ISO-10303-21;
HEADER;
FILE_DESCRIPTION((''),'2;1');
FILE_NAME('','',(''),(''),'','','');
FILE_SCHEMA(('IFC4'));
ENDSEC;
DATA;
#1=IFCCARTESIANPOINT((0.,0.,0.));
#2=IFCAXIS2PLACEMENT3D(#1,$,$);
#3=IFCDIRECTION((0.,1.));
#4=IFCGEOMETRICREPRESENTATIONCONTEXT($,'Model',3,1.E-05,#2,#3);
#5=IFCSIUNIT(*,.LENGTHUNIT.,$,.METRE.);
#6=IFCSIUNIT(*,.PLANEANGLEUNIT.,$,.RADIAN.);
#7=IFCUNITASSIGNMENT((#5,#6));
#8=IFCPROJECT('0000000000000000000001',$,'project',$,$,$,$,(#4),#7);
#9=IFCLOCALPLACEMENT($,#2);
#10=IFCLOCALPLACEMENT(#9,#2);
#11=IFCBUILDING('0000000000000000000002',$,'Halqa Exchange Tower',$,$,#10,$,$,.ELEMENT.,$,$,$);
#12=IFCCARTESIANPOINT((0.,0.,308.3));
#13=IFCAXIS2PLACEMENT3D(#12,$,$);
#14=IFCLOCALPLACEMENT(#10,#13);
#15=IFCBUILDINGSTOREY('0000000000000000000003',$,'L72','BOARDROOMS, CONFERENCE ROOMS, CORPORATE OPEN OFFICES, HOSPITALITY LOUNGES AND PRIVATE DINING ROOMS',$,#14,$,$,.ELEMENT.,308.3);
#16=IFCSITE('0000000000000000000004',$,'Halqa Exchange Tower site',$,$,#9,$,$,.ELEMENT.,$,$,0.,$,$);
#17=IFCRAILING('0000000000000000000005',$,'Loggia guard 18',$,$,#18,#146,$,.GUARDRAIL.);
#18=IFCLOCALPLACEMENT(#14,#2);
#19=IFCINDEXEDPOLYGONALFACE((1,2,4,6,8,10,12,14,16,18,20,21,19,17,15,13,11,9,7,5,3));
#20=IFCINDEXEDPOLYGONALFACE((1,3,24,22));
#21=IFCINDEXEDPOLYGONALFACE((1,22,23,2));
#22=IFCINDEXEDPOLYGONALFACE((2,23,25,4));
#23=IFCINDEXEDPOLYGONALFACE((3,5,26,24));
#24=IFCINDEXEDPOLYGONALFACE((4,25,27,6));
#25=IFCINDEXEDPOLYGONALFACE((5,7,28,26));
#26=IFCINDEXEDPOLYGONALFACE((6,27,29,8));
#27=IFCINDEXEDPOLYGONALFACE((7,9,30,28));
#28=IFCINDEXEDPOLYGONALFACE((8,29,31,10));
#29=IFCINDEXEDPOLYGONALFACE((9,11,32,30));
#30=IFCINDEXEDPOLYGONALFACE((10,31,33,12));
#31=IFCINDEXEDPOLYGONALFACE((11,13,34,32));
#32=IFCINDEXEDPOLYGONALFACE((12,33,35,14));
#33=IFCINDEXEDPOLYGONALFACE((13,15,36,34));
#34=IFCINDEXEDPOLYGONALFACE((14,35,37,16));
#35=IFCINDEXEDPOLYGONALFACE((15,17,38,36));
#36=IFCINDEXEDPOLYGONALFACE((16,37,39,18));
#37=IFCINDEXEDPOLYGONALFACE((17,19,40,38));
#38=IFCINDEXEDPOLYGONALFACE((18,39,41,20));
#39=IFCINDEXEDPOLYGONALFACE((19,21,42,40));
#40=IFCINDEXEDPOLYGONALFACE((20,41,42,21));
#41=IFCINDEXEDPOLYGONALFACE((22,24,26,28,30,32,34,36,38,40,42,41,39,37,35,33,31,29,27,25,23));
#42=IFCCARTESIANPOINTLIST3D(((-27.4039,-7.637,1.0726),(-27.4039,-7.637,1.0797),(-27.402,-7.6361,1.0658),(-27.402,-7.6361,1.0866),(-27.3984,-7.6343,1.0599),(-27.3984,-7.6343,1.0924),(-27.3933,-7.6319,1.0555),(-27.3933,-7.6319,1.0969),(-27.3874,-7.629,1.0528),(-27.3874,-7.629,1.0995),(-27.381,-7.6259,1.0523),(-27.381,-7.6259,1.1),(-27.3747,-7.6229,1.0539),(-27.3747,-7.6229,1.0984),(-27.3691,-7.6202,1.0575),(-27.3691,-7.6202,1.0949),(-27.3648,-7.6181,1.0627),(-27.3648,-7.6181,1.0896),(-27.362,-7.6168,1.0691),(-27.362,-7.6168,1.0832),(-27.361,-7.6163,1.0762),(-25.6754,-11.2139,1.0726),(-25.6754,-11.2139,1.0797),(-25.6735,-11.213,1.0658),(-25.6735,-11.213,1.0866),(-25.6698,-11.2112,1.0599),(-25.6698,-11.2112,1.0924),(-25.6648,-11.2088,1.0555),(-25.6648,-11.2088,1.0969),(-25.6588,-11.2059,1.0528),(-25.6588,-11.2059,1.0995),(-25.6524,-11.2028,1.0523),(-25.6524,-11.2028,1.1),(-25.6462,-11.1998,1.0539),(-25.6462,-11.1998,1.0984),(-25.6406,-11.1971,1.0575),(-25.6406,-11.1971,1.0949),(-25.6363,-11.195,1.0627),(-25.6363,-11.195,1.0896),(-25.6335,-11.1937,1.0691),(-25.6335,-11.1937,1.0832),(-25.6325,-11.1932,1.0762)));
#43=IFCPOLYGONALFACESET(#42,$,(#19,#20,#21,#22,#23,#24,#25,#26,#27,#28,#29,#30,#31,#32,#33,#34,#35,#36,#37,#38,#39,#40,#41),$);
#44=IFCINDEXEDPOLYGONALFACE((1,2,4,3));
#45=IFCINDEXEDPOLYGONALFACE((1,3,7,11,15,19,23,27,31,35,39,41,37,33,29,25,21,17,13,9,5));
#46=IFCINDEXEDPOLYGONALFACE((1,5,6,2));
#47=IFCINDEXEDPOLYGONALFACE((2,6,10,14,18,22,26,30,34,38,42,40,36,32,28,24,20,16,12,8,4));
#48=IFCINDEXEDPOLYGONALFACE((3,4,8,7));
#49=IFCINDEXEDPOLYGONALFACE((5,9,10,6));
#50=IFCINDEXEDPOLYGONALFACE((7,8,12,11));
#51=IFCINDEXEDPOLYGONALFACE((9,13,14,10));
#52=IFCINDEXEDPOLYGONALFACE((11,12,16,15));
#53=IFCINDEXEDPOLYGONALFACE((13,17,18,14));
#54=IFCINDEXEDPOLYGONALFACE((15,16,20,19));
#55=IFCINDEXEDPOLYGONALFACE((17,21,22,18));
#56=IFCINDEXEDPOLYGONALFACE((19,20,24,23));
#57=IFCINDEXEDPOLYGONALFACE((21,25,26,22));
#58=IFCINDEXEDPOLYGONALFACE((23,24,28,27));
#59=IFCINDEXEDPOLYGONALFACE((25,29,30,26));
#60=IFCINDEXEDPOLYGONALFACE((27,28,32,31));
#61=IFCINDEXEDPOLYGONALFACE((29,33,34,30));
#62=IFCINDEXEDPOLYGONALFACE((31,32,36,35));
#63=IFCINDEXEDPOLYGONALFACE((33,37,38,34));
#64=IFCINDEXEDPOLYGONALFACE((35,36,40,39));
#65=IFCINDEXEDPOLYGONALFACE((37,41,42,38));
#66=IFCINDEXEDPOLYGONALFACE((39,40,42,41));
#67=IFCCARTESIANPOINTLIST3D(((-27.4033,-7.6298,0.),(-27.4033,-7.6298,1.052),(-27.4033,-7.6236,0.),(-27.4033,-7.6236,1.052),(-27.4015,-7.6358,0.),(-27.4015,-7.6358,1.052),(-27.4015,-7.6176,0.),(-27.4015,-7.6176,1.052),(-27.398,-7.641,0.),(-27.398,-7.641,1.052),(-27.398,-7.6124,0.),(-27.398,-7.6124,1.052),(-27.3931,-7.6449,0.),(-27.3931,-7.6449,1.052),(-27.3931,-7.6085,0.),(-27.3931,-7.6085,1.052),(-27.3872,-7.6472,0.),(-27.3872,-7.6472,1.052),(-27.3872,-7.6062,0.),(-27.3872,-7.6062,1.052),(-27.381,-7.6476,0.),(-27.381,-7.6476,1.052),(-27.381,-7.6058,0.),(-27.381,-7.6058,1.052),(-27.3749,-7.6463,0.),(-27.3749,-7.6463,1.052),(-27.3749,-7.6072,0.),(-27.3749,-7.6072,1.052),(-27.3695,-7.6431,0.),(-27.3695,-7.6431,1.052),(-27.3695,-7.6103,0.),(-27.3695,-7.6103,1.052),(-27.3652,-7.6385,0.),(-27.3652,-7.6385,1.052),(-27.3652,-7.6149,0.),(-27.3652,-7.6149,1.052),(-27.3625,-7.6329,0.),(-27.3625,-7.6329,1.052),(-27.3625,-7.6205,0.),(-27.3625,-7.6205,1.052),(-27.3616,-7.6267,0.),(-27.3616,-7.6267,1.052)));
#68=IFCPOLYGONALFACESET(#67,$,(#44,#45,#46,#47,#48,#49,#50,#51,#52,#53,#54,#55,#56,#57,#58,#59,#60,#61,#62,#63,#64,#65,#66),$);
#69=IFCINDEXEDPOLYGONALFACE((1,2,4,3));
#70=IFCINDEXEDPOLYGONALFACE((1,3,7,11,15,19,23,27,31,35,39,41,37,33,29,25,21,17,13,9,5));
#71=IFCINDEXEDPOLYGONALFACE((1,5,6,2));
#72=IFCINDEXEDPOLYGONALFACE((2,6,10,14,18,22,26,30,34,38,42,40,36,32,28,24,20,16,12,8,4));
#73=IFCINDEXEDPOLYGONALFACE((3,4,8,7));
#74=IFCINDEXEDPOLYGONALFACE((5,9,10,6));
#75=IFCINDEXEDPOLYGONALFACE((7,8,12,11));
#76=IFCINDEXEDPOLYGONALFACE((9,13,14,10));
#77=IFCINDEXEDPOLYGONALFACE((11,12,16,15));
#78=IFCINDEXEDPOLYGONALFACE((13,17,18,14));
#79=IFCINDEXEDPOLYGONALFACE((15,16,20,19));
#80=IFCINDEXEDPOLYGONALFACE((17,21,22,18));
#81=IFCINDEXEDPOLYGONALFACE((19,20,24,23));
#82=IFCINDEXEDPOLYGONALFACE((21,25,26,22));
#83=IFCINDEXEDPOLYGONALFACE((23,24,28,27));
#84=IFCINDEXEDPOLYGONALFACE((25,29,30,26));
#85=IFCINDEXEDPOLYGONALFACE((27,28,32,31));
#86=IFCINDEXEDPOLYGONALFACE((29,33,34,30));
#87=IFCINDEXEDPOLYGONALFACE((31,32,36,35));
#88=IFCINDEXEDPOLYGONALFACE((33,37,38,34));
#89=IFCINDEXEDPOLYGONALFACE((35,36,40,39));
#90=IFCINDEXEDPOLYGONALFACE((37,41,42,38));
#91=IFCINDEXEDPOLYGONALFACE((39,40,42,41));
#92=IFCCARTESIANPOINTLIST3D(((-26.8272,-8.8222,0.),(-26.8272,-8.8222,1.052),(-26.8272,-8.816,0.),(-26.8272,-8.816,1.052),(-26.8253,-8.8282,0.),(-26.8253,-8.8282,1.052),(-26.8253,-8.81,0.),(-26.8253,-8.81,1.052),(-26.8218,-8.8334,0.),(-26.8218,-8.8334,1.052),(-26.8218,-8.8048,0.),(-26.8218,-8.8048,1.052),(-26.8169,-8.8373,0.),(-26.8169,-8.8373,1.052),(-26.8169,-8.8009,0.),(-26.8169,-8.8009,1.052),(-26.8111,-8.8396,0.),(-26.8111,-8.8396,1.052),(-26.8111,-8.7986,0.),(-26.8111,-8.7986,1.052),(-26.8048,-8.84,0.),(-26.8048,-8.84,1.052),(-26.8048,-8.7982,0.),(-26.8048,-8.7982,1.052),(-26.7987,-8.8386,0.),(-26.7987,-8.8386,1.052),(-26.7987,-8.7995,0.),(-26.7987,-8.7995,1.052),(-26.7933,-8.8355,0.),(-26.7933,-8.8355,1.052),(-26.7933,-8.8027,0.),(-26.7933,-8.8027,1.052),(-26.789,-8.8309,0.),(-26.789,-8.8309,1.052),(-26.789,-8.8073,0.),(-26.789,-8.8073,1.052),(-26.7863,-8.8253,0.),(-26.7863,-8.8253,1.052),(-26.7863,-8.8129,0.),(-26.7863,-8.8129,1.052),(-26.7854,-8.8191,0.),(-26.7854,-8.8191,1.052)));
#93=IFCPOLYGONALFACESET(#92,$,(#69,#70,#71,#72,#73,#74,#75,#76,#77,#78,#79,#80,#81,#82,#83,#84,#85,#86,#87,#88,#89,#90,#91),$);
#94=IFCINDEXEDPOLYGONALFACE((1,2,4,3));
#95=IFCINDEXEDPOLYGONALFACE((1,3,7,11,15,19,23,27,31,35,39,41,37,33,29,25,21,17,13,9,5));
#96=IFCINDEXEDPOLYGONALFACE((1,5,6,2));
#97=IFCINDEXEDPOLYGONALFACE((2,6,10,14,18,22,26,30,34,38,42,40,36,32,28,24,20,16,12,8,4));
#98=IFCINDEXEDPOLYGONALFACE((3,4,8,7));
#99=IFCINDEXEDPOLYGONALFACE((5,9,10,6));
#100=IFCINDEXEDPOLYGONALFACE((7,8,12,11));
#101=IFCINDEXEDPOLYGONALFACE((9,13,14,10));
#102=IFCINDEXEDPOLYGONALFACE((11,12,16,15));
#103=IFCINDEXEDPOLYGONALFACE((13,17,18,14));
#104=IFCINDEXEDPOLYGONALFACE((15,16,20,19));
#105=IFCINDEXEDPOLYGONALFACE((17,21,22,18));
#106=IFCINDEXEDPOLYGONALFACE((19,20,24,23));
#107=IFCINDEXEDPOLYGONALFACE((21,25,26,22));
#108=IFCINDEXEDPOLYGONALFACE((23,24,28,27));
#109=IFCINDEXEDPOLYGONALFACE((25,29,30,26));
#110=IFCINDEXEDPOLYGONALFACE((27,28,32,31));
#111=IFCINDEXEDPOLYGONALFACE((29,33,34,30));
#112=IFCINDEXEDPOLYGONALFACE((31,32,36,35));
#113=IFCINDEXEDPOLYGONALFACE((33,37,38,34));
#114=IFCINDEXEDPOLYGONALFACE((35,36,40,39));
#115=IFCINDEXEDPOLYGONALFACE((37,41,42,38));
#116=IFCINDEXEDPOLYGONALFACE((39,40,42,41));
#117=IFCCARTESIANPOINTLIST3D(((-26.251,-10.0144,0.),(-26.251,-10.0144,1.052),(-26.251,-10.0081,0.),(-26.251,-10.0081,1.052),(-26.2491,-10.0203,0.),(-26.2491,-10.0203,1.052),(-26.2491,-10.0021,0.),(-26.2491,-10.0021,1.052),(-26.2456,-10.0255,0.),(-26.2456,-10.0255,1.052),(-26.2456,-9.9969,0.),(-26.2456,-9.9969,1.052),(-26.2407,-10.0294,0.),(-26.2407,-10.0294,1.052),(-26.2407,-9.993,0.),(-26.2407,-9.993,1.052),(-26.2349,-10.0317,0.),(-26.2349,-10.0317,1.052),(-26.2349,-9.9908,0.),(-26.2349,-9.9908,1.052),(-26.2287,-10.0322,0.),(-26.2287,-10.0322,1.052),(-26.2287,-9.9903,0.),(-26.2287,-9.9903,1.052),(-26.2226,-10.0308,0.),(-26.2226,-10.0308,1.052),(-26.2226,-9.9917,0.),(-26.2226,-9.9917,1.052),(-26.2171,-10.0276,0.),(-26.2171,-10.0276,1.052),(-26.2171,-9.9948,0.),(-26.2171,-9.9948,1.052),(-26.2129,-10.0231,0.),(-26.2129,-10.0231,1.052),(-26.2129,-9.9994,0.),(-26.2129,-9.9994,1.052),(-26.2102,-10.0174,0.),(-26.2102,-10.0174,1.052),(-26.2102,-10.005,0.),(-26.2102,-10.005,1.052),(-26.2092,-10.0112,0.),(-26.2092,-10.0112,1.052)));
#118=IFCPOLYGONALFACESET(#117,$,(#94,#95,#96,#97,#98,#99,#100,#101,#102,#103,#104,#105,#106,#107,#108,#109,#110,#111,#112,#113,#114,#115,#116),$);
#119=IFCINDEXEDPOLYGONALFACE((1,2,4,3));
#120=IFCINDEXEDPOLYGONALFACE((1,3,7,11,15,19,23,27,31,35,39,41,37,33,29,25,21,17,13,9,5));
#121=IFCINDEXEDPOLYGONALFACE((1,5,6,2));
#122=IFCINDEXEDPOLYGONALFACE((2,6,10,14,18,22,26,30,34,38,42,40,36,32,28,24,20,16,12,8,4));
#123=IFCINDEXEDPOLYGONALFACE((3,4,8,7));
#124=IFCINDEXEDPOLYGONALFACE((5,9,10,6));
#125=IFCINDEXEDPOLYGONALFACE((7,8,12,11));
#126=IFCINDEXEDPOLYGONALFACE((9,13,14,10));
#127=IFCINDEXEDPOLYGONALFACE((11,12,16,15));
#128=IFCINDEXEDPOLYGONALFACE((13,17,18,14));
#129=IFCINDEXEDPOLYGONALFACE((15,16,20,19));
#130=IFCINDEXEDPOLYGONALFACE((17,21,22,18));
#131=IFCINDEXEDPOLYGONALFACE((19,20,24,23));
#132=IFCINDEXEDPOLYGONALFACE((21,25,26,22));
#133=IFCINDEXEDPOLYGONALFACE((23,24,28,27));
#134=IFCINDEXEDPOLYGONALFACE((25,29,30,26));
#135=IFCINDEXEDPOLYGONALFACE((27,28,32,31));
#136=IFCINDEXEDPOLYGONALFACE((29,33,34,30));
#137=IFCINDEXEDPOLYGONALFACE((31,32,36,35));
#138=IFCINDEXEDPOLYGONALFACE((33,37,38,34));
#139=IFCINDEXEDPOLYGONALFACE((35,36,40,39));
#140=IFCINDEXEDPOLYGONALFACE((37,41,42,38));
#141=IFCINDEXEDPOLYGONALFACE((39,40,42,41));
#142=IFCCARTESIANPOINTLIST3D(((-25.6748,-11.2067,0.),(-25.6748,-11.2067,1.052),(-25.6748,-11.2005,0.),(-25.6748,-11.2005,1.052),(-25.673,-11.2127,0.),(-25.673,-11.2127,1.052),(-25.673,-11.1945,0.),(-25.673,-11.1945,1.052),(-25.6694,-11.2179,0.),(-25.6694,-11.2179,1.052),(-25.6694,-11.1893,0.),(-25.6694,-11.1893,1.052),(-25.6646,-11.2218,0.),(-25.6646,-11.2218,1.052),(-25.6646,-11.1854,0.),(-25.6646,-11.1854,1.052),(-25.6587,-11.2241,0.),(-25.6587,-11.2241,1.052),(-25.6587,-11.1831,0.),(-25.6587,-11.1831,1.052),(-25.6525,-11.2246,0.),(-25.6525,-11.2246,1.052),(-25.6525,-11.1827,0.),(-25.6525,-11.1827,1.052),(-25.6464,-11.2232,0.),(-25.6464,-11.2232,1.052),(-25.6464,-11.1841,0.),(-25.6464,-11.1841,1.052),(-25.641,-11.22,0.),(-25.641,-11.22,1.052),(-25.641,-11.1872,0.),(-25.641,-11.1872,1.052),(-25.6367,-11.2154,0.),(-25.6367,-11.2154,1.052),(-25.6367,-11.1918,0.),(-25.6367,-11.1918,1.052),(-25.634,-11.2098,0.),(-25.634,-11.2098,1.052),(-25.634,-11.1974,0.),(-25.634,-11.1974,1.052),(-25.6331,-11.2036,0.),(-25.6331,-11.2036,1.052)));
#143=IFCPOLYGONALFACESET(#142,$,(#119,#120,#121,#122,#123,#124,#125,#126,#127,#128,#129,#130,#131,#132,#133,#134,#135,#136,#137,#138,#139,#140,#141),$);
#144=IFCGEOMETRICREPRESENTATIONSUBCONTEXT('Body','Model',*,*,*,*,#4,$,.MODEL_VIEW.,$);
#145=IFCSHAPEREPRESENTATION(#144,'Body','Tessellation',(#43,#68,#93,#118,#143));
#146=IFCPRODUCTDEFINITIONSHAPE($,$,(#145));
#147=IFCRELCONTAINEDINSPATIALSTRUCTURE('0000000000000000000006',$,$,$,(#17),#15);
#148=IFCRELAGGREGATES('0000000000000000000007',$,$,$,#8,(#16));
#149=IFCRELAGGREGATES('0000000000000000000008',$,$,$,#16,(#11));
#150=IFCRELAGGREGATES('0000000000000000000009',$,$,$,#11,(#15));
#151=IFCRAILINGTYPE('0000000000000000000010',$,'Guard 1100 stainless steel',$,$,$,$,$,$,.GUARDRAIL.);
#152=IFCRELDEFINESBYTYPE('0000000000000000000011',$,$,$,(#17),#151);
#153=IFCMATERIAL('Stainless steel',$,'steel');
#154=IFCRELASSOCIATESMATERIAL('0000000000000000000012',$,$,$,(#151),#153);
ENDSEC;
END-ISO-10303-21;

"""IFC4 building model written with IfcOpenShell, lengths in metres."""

from ifc_helpers import new_model, si_unit, direction, frame, origin, origin_2d, place, context, subcontext, project, spatial, circle, extrude, material, type_object, element, save


model = new_model("IFC4")

# Units and contexts
model_context = context("Model", 3, precision=1e-05, world=origin(), true_north=direction((0.0, 1.0)))
body_context = subcontext(model_context, "Body", "Model", "MODEL_VIEW")
ifc_project = project(units=[si_unit("LENGTHUNIT", "METRE"), si_unit("PLANEANGLEUNIT", "RADIAN")], contexts=[model_context])

# Site, building, storey
site_placement = place(None, origin())
site = spatial("IfcSite", under=ifc_project, at=site_placement, Name="Halqa Exchange Tower site", CompositionType="ELEMENT", RefElevation=0.0)
building_placement = place(site_placement, origin())
building = spatial("IfcBuilding", under=site, at=building_placement, Name="Halqa Exchange Tower", CompositionType="ELEMENT")
storey_placement = place(building_placement, frame((0.0, 0.0, 308.3)))
storey = spatial("IfcBuildingStorey", under=building, at=storey_placement, Name="L72", Description="BOARDROOMS, CONFERENCE ROOMS, CORPORATE OPEN OFFICES, HOSPITALITY LOUNGES AND PRIVATE DINING ROOMS", CompositionType="ELEMENT", Elevation=308.3)

# Railing
ifc_material_1 = material(Name="Stainless steel", Category="steel")
railing_type = type_object("IfcRailingType", Name="Guard 1100 stainless steel", PredefinedType="GUARDRAIL", material=ifc_material_1)
railing_1_placement = place(storey_placement, frame((-27.3826, -7.6267, 0.0)))
element("IfcRailing", 1, at=railing_1_placement, inside=storey, type_object=railing_type, Name="Loggia guard 18", PredefinedType="GUARDRAIL", context=body_context, shape_type="SweptSolid", body=[
    extrude(circle(Radius=0.0239, at=origin_2d()), frame((0.0, 0.0, 1.0762), z_axis=(0.435103, -0.900381, 0.0), x_axis=(0.900381, 0.435103, 0.0)), (0.0, 0.0, 1.0), 3.9727),
    extrude(circle(Radius=0.021, at=origin_2d()), origin(), (0.0, 0.0, 1.0), 1.052),
    extrude(circle(Radius=0.021, at=origin_2d()), frame((0.5762, -1.1924, 0.0)), (0.0, 0.0, 1.0), 1.052),
    extrude(circle(Radius=0.021, at=origin_2d()), frame((1.1523, -2.3845, 0.0)), (0.0, 0.0, 1.0), 1.052),
    extrude(circle(Radius=0.021, at=origin_2d()), frame((1.7285, -3.5769, 0.0)), (0.0, 0.0, 1.0), 1.052),
])

save(model, "model.ifc")
